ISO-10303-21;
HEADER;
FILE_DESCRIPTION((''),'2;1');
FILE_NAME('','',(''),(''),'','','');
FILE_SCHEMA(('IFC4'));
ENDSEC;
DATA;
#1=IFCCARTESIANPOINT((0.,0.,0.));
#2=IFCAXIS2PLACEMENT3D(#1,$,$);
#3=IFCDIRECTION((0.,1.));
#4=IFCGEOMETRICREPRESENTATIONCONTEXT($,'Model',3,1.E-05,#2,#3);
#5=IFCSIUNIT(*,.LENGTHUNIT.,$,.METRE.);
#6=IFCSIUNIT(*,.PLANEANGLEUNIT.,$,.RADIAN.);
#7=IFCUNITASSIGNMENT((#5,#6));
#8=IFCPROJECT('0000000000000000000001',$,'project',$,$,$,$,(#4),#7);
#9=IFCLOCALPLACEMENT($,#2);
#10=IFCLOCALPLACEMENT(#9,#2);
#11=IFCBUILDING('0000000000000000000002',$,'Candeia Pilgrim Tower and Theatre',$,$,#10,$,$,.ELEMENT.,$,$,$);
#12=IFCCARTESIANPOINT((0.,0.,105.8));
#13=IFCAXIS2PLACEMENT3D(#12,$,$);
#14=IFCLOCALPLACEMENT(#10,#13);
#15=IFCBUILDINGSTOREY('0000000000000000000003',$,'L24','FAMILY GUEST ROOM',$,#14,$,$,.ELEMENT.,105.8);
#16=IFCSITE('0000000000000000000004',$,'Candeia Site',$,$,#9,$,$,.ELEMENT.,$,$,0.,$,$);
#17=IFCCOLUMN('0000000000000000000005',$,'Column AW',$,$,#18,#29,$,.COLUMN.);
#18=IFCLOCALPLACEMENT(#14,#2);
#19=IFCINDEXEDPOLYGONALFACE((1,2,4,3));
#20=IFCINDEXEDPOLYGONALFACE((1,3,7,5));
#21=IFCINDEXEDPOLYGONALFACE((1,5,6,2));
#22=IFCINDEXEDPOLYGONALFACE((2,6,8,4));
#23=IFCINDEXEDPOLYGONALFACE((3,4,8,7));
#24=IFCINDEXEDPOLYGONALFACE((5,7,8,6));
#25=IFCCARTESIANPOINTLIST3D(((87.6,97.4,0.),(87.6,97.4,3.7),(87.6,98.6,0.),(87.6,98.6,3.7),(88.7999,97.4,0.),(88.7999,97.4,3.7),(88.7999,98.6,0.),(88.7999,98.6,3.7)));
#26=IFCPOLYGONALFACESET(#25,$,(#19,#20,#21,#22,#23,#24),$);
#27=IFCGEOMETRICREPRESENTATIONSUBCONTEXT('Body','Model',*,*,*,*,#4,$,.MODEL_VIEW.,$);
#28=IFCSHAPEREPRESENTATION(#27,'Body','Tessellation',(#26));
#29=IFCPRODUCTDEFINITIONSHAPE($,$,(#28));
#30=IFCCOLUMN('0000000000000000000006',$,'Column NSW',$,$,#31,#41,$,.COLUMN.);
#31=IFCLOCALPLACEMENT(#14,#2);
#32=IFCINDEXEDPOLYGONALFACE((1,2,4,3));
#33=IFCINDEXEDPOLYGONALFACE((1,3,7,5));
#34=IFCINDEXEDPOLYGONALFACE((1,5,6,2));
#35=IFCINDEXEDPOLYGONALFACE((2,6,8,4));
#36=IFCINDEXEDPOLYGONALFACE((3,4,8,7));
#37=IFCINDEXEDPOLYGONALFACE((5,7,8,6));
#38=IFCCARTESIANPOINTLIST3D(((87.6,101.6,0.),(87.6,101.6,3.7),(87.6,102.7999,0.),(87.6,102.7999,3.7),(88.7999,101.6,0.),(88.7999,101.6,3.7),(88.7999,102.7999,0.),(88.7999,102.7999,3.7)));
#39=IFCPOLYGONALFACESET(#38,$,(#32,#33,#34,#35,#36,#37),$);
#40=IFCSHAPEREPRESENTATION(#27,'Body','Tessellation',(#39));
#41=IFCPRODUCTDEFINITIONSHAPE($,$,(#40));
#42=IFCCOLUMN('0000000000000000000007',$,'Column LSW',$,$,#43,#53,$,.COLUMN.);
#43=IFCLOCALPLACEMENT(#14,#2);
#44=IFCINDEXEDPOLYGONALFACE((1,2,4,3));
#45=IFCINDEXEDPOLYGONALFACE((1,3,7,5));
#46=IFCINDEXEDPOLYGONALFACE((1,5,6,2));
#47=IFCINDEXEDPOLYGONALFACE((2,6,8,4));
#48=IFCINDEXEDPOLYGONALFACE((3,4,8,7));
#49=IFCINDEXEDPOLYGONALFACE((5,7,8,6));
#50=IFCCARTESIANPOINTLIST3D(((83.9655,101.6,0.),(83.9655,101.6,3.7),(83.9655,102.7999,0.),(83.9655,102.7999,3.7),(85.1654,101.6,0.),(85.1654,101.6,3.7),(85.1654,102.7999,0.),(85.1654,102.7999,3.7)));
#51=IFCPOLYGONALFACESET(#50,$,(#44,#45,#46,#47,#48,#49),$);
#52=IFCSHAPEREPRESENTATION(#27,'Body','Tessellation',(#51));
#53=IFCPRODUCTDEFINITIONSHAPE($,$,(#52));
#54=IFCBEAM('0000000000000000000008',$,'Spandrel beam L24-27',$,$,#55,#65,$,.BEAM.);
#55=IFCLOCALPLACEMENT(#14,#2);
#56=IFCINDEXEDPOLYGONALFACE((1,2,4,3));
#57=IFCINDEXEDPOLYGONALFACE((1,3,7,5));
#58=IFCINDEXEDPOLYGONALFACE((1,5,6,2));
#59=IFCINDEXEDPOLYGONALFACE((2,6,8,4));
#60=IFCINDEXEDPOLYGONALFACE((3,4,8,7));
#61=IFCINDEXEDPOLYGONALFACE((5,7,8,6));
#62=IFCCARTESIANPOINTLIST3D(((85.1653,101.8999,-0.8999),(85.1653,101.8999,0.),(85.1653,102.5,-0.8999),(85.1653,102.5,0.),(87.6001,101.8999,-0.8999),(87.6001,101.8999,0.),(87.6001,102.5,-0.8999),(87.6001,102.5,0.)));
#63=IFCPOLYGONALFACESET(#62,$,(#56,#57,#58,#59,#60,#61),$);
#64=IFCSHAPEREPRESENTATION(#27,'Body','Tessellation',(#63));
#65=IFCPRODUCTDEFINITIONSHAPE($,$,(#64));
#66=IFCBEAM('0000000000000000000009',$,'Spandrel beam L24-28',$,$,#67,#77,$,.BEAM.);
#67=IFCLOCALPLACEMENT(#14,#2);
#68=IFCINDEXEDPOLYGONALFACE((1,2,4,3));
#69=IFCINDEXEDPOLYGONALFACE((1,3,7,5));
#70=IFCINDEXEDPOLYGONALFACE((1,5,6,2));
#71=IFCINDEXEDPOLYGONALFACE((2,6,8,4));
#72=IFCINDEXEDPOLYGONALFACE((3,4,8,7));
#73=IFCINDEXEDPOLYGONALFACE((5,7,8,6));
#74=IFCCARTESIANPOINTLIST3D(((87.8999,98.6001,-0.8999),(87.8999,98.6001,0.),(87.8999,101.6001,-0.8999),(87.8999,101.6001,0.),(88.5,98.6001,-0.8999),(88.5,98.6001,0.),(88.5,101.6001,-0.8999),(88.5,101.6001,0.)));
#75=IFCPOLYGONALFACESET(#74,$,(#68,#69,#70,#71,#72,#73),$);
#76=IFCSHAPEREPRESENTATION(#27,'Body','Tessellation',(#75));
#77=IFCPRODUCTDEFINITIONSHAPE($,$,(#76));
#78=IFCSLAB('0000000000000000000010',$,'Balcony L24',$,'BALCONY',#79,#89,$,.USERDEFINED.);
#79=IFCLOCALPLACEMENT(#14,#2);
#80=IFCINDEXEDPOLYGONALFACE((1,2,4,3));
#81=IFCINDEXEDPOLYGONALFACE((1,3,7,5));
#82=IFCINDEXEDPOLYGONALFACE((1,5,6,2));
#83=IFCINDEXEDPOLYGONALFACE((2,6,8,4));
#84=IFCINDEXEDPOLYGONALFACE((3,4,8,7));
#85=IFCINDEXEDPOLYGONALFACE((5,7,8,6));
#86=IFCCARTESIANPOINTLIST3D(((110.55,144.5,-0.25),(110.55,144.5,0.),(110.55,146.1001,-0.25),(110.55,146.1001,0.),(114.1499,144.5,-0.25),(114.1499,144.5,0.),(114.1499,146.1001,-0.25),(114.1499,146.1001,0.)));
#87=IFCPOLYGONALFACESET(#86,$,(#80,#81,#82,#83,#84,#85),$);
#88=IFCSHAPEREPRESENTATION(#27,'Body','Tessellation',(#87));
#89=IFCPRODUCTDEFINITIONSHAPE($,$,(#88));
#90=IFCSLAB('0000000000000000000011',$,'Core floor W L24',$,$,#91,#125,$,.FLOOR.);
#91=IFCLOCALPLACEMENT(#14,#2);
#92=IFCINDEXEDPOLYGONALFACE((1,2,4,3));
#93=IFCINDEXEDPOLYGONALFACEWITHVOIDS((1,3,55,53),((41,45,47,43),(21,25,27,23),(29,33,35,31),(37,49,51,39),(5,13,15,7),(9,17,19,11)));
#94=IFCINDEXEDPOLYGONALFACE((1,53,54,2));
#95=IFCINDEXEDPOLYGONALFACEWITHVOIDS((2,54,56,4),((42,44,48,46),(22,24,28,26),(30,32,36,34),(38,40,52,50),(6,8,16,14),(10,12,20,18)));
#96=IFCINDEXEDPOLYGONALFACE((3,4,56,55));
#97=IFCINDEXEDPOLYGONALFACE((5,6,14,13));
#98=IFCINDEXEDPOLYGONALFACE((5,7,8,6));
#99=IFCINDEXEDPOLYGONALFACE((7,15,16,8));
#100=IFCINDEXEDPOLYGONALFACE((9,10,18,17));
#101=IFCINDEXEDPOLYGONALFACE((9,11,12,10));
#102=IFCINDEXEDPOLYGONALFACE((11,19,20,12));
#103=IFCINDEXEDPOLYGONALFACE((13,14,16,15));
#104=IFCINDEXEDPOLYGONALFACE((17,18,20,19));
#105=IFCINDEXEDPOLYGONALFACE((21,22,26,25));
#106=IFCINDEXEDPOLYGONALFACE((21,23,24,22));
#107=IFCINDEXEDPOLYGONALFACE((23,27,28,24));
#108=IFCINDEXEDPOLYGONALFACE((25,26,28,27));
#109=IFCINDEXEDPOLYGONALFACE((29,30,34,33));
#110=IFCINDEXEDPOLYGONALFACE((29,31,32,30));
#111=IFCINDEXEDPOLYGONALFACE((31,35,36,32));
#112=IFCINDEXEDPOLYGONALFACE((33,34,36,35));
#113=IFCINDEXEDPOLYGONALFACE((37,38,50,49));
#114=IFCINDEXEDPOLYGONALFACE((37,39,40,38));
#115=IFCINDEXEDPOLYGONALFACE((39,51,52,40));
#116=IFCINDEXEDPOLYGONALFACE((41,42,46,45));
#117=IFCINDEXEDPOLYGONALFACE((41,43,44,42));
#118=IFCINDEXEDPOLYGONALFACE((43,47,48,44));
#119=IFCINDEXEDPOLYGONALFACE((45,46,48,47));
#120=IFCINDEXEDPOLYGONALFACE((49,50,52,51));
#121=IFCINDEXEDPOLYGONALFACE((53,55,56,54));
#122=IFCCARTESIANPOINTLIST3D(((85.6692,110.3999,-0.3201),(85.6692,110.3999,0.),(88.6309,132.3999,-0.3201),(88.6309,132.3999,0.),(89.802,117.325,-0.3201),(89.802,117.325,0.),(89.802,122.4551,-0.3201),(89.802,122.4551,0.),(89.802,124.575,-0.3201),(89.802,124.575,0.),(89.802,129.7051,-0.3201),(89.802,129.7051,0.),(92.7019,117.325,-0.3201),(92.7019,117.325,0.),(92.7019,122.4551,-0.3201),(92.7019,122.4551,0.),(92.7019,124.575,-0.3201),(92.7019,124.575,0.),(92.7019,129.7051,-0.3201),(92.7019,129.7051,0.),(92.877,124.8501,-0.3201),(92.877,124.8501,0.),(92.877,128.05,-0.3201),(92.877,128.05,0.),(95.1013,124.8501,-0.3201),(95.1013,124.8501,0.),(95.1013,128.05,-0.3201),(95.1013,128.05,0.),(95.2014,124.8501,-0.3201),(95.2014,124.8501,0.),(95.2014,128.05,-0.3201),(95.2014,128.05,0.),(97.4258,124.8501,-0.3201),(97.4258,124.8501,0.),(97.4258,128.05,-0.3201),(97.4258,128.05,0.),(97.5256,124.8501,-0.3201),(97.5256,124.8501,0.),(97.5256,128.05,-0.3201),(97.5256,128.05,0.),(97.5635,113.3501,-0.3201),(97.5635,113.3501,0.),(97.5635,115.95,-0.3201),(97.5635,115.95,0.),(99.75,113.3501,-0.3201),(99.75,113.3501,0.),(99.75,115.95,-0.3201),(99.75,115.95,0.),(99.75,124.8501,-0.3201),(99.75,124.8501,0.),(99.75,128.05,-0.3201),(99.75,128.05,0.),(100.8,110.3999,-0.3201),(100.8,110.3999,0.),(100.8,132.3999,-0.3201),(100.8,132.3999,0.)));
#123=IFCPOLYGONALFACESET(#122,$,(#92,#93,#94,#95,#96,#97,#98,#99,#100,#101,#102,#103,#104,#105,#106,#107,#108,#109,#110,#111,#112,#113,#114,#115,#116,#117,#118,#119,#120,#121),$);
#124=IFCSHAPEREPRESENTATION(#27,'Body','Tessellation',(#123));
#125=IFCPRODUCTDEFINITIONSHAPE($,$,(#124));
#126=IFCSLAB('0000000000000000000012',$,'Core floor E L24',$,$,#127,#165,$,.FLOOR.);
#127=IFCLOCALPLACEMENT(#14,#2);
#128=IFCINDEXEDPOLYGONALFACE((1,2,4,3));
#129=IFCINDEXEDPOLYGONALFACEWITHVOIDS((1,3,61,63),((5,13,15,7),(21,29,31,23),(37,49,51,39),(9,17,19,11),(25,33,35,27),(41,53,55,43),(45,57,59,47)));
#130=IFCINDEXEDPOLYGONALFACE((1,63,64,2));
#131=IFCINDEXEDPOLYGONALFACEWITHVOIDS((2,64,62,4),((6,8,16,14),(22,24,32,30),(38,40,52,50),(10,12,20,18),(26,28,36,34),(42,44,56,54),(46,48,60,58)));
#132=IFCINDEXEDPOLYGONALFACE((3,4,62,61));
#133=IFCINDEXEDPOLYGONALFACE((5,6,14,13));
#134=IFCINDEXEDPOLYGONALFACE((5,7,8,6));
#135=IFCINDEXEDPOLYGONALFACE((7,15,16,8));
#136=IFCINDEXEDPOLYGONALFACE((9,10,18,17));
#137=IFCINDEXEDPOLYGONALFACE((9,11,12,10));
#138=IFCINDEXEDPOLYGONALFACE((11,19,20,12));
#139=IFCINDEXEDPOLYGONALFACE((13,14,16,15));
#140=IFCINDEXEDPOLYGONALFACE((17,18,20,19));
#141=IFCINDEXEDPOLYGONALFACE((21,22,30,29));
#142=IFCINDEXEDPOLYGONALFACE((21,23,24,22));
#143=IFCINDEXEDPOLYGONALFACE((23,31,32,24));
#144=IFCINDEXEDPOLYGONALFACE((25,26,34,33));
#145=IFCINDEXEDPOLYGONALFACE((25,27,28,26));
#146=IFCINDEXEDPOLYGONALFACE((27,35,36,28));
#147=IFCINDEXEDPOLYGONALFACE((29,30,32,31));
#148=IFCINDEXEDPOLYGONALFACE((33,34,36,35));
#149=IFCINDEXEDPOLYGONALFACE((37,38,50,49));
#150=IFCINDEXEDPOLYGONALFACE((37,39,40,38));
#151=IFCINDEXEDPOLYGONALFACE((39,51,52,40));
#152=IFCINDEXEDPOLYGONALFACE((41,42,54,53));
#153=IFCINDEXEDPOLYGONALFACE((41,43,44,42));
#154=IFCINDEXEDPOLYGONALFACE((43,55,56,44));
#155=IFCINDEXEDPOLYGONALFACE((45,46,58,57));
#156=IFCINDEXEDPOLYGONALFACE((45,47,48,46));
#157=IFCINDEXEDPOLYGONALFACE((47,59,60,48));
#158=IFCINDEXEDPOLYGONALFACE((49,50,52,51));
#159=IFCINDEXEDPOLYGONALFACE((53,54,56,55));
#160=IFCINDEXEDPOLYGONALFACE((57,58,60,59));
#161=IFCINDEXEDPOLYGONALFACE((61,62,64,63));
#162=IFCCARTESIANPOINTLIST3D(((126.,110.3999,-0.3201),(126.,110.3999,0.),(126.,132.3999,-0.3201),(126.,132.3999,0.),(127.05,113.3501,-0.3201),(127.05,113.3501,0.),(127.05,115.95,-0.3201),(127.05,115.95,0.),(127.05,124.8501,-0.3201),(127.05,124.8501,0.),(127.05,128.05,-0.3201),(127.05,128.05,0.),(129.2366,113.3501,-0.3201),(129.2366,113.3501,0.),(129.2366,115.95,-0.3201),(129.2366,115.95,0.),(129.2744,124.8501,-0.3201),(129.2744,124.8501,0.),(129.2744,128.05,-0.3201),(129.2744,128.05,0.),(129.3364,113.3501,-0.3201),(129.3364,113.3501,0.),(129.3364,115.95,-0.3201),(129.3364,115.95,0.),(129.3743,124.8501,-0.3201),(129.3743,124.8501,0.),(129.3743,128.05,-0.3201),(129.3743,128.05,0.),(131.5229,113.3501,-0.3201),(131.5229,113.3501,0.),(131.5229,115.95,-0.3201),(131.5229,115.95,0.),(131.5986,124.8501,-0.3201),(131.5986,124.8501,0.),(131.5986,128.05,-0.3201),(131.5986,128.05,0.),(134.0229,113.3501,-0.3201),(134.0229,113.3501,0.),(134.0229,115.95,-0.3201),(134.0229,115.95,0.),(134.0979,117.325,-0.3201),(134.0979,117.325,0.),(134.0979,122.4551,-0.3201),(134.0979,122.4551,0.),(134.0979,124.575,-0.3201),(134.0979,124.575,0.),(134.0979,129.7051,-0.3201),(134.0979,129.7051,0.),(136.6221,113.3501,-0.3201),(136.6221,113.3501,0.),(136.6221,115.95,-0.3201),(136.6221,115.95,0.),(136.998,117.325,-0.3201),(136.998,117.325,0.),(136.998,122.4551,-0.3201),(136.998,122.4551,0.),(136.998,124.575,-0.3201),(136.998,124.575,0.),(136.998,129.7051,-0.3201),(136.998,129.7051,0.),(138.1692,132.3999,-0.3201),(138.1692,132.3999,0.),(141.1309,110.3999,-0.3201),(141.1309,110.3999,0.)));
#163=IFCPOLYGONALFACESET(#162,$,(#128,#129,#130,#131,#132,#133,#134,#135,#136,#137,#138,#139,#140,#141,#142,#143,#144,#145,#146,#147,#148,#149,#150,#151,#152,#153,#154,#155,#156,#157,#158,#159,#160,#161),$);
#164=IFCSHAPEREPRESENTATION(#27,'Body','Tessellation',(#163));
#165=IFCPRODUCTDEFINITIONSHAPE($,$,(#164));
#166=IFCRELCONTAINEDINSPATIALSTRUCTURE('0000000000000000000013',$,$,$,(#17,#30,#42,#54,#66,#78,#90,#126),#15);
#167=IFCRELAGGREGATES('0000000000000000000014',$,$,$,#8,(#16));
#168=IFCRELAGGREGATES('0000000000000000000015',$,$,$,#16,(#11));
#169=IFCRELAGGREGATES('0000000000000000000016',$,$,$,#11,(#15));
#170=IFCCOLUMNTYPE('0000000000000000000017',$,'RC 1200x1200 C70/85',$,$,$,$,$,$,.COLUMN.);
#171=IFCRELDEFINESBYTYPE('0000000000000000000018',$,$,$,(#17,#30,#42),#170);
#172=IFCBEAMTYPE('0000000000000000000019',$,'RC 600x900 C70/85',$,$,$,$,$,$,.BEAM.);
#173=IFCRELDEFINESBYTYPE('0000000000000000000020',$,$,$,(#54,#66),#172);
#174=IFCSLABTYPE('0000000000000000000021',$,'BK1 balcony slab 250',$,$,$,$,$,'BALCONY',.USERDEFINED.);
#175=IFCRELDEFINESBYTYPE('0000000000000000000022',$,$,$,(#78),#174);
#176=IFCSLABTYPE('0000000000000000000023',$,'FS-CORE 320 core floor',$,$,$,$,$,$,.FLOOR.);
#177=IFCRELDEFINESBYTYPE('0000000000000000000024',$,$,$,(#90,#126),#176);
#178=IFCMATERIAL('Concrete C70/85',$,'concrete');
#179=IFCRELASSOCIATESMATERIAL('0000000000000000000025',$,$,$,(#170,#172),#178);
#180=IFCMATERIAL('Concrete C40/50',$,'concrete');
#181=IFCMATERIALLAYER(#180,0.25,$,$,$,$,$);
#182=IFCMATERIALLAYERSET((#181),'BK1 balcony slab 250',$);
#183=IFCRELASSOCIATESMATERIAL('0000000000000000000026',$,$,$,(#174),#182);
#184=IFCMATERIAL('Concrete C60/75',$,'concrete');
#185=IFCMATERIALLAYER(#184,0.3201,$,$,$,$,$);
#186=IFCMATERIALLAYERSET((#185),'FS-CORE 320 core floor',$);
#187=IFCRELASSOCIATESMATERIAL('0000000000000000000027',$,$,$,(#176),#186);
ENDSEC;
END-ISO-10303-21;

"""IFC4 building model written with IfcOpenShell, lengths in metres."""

from ifc_helpers import new_model, si_unit, direction, frame, origin, origin_2d, place, context, subcontext, project, spatial, polyline, rectangle, outline, extrude, material, layer, layer_set, material_profile, profile_set, type_object, element, save


model = new_model("IFC4")

# Units and contexts
model_context = context("Model", 3, precision=1e-05, world=origin(), true_north=direction((0.0, 1.0)))
body_context = subcontext(model_context, "Body", "Model", "MODEL_VIEW")
ifc_project = project(units=[si_unit("LENGTHUNIT", "METRE"), si_unit("PLANEANGLEUNIT", "RADIAN")], contexts=[model_context])

# Site, building, storey
site_placement = place(None, origin())
site = spatial("IfcSite", under=ifc_project, at=site_placement, Name="Candeia Site", CompositionType="ELEMENT", RefElevation=0.0)
building_placement = place(site_placement, origin())
building = spatial("IfcBuilding", under=site, at=building_placement, Name="Candeia Pilgrim Tower and Theatre", CompositionType="ELEMENT")
storey_placement = place(building_placement, frame((0.0, 0.0, 105.8)))
storey = spatial("IfcBuildingStorey", under=building, at=storey_placement, Name="L24", Description="FAMILY GUEST ROOM", CompositionType="ELEMENT", Elevation=105.8)

# Columns
ifc_material_1 = material(Name="Concrete C70/85", Category="concrete")
ifc_material_profile_1 = material_profile(ifc_material_1, rectangle(XDim=1.2, YDim=1.2, at=origin_2d()))
ifc_profile_set_1 = profile_set([ifc_material_profile_1], Name="Concrete C70/85")
column_type = type_object("IfcColumnType", Name="RC 1200x1200 C70/85", PredefinedType="COLUMN", material=ifc_profile_set_1)
for number, where, z_axis, x_axis, name in (
    (1, (88.2, 98.0, 0.0), (0.0, 0.0, 1.0), (1.0, 0.0, 0.0), "Column AW"),
    (2, (88.2, 102.2, 0.0), (0.0, 0.0, 1.0), (1.0, 0.0, 0.0), "Column NSW"),
    (3, (84.5654, 102.2, 0.0), (0.0, 0.0, 1.0), (1.0, 0.0, 0.0), "Column LSW"),
):
    element("IfcColumn", number, at=place(storey_placement, frame(where, z_axis=z_axis, x_axis=x_axis)), inside=storey, type_object=column_type, Name=name, PredefinedType="COLUMN", context=body_context, shape_type="SweptSolid", body=[
        extrude(rectangle(XDim=1.2, YDim=1.2, at=origin_2d()), origin(), (0.0, 0.0, 1.0), 3.7),
    ])

# Beams
ifc_material_profile_2 = material_profile(ifc_material_1, rectangle(XDim=0.6001, YDim=0.8999, at=origin_2d()))
ifc_profile_set_2 = profile_set([ifc_material_profile_2], Name="Concrete C70/85")
beam_type = type_object("IfcBeamType", Name="RC 600x900 C70/85", PredefinedType="BEAM", material=ifc_profile_set_2)
beam_1_placement = place(storey_placement, frame((85.1653, 102.2, -0.45), z_axis=(1.0, 0.0, 0.0), x_axis=(0.0, 1.0, 0.0)))
element("IfcBeam", 4, at=beam_1_placement, inside=storey, type_object=beam_type, Name="Spandrel beam L24-27", PredefinedType="BEAM", context=body_context, shape_type="SweptSolid", body=[
    extrude(rectangle(XDim=0.6001, YDim=0.8999, at=origin_2d()), origin(), (0.0, 0.0, 1.0), 2.4348),
])
beam_2_placement = place(storey_placement, frame((88.2, 101.6001, -0.45), z_axis=(0.0, -1.0, 0.0), x_axis=(1.0, 0.0, 0.0)))
element("IfcBeam", 5, at=beam_2_placement, inside=storey, type_object=beam_type, Name="Spandrel beam L24-28", PredefinedType="BEAM", context=body_context, shape_type="SweptSolid", body=[
    extrude(rectangle(XDim=0.6001, YDim=0.8999, at=origin_2d()), origin(), (0.0, 0.0, 1.0), 3.0),
])

# Slabs
ifc_material_2 = material(Name="Concrete C40/50", Category="concrete")
ifc_layer_1 = layer(ifc_material_2, 0.25)
ifc_layer_set_1 = layer_set([ifc_layer_1], Name="BK1 balcony slab 250")
slab_type_1 = type_object("IfcSlabType", Name="BK1 balcony slab 250", ElementType="BALCONY", PredefinedType="USERDEFINED", material=ifc_layer_set_1)
slab_1_placement = place(storey_placement, frame((0.0, 0.0, -0.25)))
element("IfcSlab", 6, at=slab_1_placement, inside=storey, type_object=slab_type_1, Name="Balcony L24", ObjectType="BALCONY", PredefinedType="USERDEFINED", context=body_context, shape_type="SweptSolid", body=[
    extrude(outline(polyline([(110.55, 144.5), (114.1499, 144.5), (114.1499, 146.1001), (110.55, 146.1001), (110.55, 144.5)])), origin(), (0.0, 0.0, 1.0), 0.25),
])
ifc_material_3 = material(Name="Concrete C60/75", Category="concrete")
ifc_layer_2 = layer(ifc_material_3, 0.3201)
ifc_layer_set_2 = layer_set([ifc_layer_2], Name="FS-CORE 320 core floor")
slab_type_2 = type_object("IfcSlabType", Name="FS-CORE 320 core floor", PredefinedType="FLOOR", material=ifc_layer_set_2)
slab_2_placement = place(storey_placement, frame((0.0, 0.0, -0.3201)))
element("IfcSlab", 7, at=slab_2_placement, inside=storey, type_object=slab_type_2, Name="Core floor W L24", PredefinedType="FLOOR", context=body_context, shape_type="SweptSolid", body=[
    extrude(outline(polyline([(100.8, 132.3999), (100.8, 110.3999), (85.6692, 110.3999), (88.6309, 132.3999), (100.8, 132.3999)]), holes=[polyline([(97.5256, 128.05), (97.5256, 124.8501), (99.75, 124.8501), (99.75, 128.05), (97.5256, 128.05)]), polyline([(97.5635, 113.3501), (99.75, 113.3501), (99.75, 115.95), (97.5635, 115.95), (97.5635, 113.3501)]), polyline([(95.2014, 124.8501), (97.4258, 124.8501), (97.4258, 128.05), (95.2014, 128.05), (95.2014, 124.8501)]), polyline([(92.877, 128.05), (92.877, 124.8501), (95.1013, 124.8501), (95.1013, 128.05), (92.877, 128.05)]), polyline([(89.802, 122.4551), (89.802, 117.325), (92.7019, 117.325), (92.7019, 122.4551), (89.802, 122.4551)]), polyline([(89.802, 129.7051), (89.802, 124.575), (92.7019, 124.575), (92.7019, 129.7051), (89.802, 129.7051)])]), origin(), (0.0, 0.0, 1.0), 0.3201),
])
slab_3_placement = place(storey_placement, frame((0.0, 0.0, -0.3201)))
element("IfcSlab", 8, at=slab_3_placement, inside=storey, type_object=slab_type_2, Name="Core floor E L24", PredefinedType="FLOOR", context=body_context, shape_type="SweptSolid", body=[
    extrude(outline(polyline([(138.1692, 132.3999), (141.1309, 110.3999), (126.0, 110.3999), (126.0, 132.3999), (138.1692, 132.3999)]), holes=[polyline([(134.0979, 122.4551), (134.0979, 117.325), (136.998, 117.325), (136.998, 122.4551), (134.0979, 122.4551)]), polyline([(134.0979, 129.7051), (134.0979, 124.575), (136.998, 124.575), (136.998, 129.7051), (134.0979, 129.7051)]), polyline([(136.6221, 115.95), (134.0229, 115.95), (134.0229, 113.3501), (136.6221, 113.3501), (136.6221, 115.95)]), polyline([(131.5986, 128.05), (129.3743, 128.05), (129.3743, 124.8501), (131.5986, 124.8501), (131.5986, 128.05)]), polyline([(131.5229, 115.95), (129.3364, 115.95), (129.3364, 113.3501), (131.5229, 113.3501), (131.5229, 115.95)]), polyline([(129.2744, 128.05), (127.05, 128.05), (127.05, 124.8501), (129.2744, 124.8501), (129.2744, 128.05)]), polyline([(127.05, 115.95), (127.05, 113.3501), (129.2366, 113.3501), (129.2366, 115.95), (127.05, 115.95)])]), origin(), (0.0, 0.0, 1.0), 0.3201),
])

save(model, "model.ifc")
